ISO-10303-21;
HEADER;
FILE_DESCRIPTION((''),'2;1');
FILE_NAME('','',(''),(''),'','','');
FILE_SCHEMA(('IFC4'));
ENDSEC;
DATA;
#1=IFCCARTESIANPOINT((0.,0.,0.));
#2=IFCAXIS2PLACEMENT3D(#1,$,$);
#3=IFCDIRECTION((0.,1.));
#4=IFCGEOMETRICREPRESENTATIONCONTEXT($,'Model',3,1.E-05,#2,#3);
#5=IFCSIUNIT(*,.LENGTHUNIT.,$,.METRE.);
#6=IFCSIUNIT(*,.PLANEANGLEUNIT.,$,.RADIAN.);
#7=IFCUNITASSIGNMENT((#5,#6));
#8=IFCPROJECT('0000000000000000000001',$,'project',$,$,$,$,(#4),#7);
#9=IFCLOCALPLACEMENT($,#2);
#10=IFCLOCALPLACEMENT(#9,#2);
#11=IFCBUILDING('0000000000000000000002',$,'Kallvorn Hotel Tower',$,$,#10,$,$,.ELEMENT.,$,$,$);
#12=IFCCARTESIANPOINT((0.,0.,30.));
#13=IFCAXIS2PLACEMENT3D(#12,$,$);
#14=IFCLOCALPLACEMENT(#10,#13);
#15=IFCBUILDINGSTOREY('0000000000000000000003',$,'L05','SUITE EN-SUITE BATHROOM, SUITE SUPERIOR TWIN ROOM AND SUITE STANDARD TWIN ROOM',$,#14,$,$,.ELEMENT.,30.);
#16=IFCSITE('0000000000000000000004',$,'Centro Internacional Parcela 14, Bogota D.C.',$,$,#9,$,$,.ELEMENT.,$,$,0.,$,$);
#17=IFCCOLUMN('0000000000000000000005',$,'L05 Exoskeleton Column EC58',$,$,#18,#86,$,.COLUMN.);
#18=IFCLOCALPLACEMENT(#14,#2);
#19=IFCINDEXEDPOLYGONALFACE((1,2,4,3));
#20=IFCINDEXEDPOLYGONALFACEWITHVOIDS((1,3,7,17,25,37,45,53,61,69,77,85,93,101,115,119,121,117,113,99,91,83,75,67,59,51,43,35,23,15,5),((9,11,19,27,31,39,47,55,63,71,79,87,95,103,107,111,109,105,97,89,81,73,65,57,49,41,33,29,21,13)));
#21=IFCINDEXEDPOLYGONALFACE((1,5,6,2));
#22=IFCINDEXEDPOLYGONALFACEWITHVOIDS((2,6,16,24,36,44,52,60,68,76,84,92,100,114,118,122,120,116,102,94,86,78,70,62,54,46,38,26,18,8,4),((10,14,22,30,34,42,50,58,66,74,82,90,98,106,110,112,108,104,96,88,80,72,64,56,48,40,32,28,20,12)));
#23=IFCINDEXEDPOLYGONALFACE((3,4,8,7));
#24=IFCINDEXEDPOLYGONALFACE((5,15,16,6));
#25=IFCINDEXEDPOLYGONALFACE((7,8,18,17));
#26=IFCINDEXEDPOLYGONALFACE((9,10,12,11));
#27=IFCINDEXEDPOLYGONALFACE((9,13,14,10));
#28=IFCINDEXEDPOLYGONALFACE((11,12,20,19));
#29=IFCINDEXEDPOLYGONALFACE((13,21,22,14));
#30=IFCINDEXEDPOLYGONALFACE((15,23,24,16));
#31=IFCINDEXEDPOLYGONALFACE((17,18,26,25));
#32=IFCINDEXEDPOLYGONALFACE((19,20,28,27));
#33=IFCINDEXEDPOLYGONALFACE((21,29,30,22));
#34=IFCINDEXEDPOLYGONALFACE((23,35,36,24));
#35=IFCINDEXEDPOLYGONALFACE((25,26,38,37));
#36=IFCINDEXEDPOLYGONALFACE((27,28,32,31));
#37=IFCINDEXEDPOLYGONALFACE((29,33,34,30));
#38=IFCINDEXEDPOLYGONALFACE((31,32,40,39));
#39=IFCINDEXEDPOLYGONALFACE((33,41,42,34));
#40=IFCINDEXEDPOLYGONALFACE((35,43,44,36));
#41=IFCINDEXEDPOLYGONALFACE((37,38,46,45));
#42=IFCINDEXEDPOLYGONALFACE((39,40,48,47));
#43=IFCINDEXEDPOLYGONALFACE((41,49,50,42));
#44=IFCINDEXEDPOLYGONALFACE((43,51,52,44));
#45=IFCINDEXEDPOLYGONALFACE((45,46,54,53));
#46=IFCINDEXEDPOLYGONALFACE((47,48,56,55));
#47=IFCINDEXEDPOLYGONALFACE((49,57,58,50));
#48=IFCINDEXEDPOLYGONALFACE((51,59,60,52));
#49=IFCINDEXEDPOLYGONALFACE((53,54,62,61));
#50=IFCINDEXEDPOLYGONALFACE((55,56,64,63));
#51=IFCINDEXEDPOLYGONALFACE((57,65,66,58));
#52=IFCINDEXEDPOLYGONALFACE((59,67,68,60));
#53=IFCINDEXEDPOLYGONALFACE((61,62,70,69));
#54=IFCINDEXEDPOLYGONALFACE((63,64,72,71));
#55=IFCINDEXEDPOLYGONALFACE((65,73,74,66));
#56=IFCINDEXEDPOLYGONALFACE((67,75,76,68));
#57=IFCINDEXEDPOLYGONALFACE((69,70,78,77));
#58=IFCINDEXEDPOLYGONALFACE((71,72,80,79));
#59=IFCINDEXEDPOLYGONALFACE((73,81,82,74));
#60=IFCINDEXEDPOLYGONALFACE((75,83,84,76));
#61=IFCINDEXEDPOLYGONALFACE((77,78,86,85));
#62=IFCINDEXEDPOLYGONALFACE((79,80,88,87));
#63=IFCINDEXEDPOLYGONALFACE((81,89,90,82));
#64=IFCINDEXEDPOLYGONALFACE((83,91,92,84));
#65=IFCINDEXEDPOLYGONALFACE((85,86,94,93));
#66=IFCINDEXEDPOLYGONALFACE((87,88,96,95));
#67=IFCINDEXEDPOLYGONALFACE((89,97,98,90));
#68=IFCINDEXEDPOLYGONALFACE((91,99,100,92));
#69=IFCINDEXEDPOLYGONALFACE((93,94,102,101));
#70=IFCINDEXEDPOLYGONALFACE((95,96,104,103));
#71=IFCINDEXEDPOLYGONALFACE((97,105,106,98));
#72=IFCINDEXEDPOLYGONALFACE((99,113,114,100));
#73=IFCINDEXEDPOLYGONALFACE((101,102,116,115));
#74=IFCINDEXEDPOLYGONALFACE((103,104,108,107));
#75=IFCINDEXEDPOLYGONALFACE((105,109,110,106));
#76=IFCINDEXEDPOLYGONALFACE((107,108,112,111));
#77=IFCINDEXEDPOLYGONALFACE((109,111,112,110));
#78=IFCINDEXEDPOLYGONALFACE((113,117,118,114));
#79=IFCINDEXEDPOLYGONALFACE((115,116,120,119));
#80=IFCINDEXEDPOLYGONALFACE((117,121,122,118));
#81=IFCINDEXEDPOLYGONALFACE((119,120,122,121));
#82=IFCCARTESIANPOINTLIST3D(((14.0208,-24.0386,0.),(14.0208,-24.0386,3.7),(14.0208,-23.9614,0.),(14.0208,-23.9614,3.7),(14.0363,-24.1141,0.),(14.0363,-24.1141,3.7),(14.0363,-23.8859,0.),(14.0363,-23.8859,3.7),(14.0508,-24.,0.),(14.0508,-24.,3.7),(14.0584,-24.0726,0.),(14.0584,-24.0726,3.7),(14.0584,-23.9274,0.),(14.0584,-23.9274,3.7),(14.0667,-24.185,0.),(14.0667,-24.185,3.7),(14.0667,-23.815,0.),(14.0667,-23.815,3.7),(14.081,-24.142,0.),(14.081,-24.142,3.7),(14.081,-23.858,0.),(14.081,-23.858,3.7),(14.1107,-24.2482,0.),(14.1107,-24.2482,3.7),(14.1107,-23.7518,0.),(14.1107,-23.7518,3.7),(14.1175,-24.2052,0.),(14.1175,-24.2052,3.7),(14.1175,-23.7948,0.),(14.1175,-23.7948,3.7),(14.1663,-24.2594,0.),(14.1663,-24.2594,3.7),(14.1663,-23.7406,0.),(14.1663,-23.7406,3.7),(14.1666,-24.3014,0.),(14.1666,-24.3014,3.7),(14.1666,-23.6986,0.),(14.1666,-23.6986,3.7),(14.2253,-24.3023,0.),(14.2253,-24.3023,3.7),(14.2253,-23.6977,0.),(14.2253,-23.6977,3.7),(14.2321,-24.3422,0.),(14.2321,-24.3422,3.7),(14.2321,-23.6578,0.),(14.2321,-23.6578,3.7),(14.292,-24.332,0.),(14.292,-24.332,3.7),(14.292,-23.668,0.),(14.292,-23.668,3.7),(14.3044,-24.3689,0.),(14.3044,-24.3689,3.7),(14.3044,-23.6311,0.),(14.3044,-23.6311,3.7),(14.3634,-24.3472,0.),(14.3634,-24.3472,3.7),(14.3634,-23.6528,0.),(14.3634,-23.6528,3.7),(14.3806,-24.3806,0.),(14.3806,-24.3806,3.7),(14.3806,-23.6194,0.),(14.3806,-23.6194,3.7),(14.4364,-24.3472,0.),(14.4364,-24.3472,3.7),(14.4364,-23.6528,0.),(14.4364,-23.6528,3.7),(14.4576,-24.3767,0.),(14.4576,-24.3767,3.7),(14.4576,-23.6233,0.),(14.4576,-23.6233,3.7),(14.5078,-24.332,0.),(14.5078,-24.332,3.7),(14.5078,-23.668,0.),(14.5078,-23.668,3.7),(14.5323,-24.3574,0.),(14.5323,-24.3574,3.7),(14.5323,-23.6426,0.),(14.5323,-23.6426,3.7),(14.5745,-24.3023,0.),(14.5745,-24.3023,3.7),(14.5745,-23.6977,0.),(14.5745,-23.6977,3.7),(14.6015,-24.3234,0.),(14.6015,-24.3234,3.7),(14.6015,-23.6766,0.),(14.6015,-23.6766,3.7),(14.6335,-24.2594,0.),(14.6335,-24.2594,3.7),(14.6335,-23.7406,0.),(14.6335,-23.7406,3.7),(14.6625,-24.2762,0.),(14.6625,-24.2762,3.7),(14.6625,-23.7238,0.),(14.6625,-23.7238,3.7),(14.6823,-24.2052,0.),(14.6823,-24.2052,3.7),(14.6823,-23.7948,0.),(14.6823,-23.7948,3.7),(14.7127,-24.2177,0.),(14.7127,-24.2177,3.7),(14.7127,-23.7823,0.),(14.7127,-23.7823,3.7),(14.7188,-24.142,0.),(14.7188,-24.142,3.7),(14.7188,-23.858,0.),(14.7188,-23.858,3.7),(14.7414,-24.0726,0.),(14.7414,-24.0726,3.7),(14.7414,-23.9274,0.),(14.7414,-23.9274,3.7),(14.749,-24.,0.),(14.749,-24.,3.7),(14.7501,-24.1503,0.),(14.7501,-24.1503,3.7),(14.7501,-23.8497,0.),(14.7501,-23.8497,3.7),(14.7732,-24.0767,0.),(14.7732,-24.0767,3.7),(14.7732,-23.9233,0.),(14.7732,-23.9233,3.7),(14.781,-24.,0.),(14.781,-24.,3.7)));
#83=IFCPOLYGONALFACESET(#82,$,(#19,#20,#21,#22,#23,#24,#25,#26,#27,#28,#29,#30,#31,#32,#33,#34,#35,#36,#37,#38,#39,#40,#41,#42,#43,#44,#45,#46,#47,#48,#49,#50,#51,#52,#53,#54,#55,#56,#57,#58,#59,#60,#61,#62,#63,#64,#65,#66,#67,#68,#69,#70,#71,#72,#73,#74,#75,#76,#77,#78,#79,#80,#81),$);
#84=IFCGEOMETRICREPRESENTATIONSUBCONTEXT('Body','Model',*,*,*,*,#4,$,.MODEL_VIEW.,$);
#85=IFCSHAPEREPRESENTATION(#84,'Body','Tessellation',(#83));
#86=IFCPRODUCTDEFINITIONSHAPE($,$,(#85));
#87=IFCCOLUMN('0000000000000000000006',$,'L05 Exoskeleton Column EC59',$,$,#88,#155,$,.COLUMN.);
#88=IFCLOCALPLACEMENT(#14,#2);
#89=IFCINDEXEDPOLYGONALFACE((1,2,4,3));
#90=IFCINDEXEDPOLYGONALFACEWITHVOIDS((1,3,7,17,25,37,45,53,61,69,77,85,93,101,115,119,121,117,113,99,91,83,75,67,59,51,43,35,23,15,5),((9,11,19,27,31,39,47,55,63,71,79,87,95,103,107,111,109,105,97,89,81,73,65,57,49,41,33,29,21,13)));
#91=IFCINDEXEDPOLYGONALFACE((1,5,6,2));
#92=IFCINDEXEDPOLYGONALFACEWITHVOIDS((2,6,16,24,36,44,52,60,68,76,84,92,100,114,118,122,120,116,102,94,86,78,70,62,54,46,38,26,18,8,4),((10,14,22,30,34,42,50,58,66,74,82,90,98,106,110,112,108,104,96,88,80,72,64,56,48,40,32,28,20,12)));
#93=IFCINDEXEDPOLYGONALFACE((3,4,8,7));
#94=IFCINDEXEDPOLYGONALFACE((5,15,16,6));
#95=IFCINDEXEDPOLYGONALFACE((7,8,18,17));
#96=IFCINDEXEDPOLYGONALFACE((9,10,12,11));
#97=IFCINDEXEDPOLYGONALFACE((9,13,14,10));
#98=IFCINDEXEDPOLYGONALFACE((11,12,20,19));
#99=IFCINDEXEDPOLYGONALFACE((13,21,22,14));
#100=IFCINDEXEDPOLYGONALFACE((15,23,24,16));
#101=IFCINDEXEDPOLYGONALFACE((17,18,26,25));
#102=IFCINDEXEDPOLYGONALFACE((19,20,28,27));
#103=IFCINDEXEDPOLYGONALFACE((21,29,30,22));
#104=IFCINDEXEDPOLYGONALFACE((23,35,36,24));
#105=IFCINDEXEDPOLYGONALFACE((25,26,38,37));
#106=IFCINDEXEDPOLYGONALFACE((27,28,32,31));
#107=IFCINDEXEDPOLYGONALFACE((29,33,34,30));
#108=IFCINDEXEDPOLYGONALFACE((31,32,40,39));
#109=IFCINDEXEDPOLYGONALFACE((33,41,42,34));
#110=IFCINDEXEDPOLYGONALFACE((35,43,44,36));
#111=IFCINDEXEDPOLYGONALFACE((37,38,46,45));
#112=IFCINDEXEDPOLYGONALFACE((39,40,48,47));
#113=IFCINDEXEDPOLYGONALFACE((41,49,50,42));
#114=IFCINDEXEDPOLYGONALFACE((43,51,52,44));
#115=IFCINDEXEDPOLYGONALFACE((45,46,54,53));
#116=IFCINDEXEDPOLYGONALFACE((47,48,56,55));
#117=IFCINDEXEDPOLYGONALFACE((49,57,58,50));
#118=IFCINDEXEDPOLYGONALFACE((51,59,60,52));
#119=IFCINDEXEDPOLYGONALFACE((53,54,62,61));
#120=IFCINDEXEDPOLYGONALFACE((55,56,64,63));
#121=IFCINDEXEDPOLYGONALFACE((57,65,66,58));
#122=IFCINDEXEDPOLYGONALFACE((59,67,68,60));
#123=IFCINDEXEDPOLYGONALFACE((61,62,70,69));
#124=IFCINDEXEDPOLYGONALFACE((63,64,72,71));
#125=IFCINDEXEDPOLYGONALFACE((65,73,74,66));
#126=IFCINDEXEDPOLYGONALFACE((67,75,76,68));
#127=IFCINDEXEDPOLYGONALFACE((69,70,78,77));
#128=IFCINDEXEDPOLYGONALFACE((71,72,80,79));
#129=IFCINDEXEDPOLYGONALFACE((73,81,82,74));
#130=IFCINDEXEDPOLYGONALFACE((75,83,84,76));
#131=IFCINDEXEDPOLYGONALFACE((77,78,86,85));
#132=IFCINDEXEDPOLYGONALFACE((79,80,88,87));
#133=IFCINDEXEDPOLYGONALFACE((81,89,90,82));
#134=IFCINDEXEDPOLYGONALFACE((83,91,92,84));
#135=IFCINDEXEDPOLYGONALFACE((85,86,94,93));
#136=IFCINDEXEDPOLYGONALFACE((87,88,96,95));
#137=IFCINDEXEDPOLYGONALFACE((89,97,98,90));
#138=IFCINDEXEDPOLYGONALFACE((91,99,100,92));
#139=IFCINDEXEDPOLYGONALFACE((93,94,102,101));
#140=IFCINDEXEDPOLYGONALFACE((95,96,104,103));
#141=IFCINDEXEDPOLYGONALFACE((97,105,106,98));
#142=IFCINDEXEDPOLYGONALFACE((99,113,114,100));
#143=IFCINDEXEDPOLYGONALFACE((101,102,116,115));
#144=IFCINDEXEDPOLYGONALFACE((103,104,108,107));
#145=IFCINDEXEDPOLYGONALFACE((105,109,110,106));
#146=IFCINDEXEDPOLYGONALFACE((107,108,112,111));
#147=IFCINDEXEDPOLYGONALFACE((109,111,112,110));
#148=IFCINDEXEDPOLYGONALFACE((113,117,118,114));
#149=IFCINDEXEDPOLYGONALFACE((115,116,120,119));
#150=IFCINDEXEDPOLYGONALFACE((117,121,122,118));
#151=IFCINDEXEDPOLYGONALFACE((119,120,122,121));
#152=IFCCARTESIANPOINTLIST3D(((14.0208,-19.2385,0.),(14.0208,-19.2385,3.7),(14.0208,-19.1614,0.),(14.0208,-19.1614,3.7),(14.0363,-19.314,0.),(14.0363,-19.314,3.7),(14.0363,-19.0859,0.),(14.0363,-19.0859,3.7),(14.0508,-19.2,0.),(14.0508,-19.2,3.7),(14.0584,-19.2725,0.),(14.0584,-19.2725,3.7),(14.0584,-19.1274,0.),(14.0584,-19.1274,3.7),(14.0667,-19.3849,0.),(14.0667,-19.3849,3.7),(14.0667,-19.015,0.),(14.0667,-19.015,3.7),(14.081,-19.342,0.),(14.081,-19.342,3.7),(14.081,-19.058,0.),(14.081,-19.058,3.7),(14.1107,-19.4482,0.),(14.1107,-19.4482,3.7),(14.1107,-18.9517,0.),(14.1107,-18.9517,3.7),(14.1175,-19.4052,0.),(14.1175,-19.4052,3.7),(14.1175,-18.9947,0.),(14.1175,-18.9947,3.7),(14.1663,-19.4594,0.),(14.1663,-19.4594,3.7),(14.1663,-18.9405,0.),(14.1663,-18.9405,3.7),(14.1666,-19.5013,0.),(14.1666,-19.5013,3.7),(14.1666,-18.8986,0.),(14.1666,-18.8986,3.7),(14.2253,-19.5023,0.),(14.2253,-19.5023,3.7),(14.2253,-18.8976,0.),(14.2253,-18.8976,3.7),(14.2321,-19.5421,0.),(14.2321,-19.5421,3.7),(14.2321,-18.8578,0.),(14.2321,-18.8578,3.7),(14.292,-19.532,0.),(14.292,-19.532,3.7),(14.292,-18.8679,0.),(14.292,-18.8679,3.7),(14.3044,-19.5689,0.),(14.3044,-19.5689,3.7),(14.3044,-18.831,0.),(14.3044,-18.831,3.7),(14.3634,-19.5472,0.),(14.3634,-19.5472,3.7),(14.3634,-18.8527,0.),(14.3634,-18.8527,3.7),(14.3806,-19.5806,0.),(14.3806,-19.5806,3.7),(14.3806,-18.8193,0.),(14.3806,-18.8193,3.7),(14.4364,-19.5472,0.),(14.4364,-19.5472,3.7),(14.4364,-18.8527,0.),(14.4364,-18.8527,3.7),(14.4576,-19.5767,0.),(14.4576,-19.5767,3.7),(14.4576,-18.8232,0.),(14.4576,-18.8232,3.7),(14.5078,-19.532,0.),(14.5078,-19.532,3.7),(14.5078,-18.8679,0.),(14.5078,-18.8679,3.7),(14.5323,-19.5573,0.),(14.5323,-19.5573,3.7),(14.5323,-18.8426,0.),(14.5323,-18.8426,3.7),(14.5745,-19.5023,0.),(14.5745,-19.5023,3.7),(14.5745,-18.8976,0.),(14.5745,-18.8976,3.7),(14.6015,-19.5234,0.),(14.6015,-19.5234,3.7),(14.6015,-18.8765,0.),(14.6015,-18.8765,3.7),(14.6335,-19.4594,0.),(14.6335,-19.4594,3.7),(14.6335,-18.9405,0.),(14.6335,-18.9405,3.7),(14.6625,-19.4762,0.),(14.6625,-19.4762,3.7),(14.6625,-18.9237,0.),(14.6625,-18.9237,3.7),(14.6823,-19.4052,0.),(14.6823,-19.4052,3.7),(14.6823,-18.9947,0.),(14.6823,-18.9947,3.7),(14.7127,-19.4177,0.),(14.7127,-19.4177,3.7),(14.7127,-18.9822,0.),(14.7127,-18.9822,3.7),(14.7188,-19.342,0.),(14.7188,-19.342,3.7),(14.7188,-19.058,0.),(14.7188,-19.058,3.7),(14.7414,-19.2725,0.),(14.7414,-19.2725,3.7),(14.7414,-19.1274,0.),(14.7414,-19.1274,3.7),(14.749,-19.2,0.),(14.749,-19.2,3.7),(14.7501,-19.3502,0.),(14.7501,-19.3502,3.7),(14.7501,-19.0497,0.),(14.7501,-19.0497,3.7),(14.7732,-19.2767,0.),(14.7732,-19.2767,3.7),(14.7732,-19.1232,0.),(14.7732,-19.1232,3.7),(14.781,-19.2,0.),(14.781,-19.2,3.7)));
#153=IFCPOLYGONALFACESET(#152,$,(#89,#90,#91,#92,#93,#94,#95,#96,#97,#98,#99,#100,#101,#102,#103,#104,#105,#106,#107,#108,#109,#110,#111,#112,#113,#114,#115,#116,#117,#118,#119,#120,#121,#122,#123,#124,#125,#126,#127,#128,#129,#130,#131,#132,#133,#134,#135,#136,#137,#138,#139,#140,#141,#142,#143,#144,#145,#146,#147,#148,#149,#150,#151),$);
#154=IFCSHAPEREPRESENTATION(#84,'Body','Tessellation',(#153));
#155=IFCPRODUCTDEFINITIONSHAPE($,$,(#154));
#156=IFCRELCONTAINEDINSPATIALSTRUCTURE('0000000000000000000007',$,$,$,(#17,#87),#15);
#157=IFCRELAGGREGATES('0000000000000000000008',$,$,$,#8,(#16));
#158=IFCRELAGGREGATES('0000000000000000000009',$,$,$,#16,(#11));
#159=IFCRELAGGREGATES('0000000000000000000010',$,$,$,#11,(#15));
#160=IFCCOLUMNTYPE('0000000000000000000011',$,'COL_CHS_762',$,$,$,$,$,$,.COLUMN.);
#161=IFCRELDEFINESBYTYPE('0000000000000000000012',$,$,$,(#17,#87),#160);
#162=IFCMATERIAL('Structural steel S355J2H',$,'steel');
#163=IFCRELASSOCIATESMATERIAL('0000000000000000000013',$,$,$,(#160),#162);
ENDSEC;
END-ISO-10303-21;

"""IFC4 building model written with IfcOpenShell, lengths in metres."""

from ifc_helpers import new_model, si_unit, direction, frame, origin, origin_2d, place, context, subcontext, project, spatial, hollow_circle, extrude, material, material_profile, profile_set, type_object, element, save


model = new_model("IFC4")

# Units and contexts
model_context = context("Model", 3, precision=1e-05, world=origin(), true_north=direction((0.0, 1.0)))
body_context = subcontext(model_context, "Body", "Model", "MODEL_VIEW")
ifc_project = project(units=[si_unit("LENGTHUNIT", "METRE"), si_unit("PLANEANGLEUNIT", "RADIAN")], contexts=[model_context])

# Site, building, storey
site_placement = place(None, origin())
site = spatial("IfcSite", under=ifc_project, at=site_placement, Name="Centro Internacional Parcela 14, Bogota D.C.", CompositionType="ELEMENT", RefElevation=0.0)
building_placement = place(site_placement, origin())
building = spatial("IfcBuilding", under=site, at=building_placement, Name="Kallvorn Hotel Tower", CompositionType="ELEMENT")
storey_placement = place(building_placement, frame((0.0, 0.0, 30.0)))
storey = spatial("IfcBuildingStorey", under=building, at=storey_placement, Name="L05", Description="SUITE EN-SUITE BATHROOM, SUITE SUPERIOR TWIN ROOM AND SUITE STANDARD TWIN ROOM", CompositionType="ELEMENT", Elevation=30.0)

# Columns
ifc_material_1 = material(Name="Structural steel S355J2H", Category="steel")
ifc_material_profile_1 = material_profile(ifc_material_1, hollow_circle(Radius=0.3811, WallThickness=0.032, at=origin_2d()), Name="CHS 762x32")
ifc_profile_set_1 = profile_set([ifc_material_profile_1], Name="Structural steel S355J2H")
column_type_1 = type_object("IfcColumnType", Name="COL_CHS_762", PredefinedType="COLUMN", material=ifc_profile_set_1)
for number, where, z_axis, x_axis, name in (
    (1, (14.3999, -24.0, 0.0), (0.0, 0.0, 1.0), (1.0, 0.0, 0.0), "L05 Exoskeleton Column EC58"),
    (2, (14.3999, -19.2, 0.0), (0.0, 0.0, 1.0), (1.0, 0.0, 0.0), "L05 Exoskeleton Column EC59"),
):
    element("IfcColumn", number, at=place(storey_placement, frame(where, z_axis=z_axis, x_axis=x_axis)), inside=storey, type_object=column_type_1, Name=name, PredefinedType="COLUMN", context=body_context, shape_type="SweptSolid", body=[
        extrude(hollow_circle(Radius=0.3811, WallThickness=0.032, at=origin_2d()), origin(), (0.0, 0.0, 1.0), 3.7),
    ])

save(model, "model.ifc")
